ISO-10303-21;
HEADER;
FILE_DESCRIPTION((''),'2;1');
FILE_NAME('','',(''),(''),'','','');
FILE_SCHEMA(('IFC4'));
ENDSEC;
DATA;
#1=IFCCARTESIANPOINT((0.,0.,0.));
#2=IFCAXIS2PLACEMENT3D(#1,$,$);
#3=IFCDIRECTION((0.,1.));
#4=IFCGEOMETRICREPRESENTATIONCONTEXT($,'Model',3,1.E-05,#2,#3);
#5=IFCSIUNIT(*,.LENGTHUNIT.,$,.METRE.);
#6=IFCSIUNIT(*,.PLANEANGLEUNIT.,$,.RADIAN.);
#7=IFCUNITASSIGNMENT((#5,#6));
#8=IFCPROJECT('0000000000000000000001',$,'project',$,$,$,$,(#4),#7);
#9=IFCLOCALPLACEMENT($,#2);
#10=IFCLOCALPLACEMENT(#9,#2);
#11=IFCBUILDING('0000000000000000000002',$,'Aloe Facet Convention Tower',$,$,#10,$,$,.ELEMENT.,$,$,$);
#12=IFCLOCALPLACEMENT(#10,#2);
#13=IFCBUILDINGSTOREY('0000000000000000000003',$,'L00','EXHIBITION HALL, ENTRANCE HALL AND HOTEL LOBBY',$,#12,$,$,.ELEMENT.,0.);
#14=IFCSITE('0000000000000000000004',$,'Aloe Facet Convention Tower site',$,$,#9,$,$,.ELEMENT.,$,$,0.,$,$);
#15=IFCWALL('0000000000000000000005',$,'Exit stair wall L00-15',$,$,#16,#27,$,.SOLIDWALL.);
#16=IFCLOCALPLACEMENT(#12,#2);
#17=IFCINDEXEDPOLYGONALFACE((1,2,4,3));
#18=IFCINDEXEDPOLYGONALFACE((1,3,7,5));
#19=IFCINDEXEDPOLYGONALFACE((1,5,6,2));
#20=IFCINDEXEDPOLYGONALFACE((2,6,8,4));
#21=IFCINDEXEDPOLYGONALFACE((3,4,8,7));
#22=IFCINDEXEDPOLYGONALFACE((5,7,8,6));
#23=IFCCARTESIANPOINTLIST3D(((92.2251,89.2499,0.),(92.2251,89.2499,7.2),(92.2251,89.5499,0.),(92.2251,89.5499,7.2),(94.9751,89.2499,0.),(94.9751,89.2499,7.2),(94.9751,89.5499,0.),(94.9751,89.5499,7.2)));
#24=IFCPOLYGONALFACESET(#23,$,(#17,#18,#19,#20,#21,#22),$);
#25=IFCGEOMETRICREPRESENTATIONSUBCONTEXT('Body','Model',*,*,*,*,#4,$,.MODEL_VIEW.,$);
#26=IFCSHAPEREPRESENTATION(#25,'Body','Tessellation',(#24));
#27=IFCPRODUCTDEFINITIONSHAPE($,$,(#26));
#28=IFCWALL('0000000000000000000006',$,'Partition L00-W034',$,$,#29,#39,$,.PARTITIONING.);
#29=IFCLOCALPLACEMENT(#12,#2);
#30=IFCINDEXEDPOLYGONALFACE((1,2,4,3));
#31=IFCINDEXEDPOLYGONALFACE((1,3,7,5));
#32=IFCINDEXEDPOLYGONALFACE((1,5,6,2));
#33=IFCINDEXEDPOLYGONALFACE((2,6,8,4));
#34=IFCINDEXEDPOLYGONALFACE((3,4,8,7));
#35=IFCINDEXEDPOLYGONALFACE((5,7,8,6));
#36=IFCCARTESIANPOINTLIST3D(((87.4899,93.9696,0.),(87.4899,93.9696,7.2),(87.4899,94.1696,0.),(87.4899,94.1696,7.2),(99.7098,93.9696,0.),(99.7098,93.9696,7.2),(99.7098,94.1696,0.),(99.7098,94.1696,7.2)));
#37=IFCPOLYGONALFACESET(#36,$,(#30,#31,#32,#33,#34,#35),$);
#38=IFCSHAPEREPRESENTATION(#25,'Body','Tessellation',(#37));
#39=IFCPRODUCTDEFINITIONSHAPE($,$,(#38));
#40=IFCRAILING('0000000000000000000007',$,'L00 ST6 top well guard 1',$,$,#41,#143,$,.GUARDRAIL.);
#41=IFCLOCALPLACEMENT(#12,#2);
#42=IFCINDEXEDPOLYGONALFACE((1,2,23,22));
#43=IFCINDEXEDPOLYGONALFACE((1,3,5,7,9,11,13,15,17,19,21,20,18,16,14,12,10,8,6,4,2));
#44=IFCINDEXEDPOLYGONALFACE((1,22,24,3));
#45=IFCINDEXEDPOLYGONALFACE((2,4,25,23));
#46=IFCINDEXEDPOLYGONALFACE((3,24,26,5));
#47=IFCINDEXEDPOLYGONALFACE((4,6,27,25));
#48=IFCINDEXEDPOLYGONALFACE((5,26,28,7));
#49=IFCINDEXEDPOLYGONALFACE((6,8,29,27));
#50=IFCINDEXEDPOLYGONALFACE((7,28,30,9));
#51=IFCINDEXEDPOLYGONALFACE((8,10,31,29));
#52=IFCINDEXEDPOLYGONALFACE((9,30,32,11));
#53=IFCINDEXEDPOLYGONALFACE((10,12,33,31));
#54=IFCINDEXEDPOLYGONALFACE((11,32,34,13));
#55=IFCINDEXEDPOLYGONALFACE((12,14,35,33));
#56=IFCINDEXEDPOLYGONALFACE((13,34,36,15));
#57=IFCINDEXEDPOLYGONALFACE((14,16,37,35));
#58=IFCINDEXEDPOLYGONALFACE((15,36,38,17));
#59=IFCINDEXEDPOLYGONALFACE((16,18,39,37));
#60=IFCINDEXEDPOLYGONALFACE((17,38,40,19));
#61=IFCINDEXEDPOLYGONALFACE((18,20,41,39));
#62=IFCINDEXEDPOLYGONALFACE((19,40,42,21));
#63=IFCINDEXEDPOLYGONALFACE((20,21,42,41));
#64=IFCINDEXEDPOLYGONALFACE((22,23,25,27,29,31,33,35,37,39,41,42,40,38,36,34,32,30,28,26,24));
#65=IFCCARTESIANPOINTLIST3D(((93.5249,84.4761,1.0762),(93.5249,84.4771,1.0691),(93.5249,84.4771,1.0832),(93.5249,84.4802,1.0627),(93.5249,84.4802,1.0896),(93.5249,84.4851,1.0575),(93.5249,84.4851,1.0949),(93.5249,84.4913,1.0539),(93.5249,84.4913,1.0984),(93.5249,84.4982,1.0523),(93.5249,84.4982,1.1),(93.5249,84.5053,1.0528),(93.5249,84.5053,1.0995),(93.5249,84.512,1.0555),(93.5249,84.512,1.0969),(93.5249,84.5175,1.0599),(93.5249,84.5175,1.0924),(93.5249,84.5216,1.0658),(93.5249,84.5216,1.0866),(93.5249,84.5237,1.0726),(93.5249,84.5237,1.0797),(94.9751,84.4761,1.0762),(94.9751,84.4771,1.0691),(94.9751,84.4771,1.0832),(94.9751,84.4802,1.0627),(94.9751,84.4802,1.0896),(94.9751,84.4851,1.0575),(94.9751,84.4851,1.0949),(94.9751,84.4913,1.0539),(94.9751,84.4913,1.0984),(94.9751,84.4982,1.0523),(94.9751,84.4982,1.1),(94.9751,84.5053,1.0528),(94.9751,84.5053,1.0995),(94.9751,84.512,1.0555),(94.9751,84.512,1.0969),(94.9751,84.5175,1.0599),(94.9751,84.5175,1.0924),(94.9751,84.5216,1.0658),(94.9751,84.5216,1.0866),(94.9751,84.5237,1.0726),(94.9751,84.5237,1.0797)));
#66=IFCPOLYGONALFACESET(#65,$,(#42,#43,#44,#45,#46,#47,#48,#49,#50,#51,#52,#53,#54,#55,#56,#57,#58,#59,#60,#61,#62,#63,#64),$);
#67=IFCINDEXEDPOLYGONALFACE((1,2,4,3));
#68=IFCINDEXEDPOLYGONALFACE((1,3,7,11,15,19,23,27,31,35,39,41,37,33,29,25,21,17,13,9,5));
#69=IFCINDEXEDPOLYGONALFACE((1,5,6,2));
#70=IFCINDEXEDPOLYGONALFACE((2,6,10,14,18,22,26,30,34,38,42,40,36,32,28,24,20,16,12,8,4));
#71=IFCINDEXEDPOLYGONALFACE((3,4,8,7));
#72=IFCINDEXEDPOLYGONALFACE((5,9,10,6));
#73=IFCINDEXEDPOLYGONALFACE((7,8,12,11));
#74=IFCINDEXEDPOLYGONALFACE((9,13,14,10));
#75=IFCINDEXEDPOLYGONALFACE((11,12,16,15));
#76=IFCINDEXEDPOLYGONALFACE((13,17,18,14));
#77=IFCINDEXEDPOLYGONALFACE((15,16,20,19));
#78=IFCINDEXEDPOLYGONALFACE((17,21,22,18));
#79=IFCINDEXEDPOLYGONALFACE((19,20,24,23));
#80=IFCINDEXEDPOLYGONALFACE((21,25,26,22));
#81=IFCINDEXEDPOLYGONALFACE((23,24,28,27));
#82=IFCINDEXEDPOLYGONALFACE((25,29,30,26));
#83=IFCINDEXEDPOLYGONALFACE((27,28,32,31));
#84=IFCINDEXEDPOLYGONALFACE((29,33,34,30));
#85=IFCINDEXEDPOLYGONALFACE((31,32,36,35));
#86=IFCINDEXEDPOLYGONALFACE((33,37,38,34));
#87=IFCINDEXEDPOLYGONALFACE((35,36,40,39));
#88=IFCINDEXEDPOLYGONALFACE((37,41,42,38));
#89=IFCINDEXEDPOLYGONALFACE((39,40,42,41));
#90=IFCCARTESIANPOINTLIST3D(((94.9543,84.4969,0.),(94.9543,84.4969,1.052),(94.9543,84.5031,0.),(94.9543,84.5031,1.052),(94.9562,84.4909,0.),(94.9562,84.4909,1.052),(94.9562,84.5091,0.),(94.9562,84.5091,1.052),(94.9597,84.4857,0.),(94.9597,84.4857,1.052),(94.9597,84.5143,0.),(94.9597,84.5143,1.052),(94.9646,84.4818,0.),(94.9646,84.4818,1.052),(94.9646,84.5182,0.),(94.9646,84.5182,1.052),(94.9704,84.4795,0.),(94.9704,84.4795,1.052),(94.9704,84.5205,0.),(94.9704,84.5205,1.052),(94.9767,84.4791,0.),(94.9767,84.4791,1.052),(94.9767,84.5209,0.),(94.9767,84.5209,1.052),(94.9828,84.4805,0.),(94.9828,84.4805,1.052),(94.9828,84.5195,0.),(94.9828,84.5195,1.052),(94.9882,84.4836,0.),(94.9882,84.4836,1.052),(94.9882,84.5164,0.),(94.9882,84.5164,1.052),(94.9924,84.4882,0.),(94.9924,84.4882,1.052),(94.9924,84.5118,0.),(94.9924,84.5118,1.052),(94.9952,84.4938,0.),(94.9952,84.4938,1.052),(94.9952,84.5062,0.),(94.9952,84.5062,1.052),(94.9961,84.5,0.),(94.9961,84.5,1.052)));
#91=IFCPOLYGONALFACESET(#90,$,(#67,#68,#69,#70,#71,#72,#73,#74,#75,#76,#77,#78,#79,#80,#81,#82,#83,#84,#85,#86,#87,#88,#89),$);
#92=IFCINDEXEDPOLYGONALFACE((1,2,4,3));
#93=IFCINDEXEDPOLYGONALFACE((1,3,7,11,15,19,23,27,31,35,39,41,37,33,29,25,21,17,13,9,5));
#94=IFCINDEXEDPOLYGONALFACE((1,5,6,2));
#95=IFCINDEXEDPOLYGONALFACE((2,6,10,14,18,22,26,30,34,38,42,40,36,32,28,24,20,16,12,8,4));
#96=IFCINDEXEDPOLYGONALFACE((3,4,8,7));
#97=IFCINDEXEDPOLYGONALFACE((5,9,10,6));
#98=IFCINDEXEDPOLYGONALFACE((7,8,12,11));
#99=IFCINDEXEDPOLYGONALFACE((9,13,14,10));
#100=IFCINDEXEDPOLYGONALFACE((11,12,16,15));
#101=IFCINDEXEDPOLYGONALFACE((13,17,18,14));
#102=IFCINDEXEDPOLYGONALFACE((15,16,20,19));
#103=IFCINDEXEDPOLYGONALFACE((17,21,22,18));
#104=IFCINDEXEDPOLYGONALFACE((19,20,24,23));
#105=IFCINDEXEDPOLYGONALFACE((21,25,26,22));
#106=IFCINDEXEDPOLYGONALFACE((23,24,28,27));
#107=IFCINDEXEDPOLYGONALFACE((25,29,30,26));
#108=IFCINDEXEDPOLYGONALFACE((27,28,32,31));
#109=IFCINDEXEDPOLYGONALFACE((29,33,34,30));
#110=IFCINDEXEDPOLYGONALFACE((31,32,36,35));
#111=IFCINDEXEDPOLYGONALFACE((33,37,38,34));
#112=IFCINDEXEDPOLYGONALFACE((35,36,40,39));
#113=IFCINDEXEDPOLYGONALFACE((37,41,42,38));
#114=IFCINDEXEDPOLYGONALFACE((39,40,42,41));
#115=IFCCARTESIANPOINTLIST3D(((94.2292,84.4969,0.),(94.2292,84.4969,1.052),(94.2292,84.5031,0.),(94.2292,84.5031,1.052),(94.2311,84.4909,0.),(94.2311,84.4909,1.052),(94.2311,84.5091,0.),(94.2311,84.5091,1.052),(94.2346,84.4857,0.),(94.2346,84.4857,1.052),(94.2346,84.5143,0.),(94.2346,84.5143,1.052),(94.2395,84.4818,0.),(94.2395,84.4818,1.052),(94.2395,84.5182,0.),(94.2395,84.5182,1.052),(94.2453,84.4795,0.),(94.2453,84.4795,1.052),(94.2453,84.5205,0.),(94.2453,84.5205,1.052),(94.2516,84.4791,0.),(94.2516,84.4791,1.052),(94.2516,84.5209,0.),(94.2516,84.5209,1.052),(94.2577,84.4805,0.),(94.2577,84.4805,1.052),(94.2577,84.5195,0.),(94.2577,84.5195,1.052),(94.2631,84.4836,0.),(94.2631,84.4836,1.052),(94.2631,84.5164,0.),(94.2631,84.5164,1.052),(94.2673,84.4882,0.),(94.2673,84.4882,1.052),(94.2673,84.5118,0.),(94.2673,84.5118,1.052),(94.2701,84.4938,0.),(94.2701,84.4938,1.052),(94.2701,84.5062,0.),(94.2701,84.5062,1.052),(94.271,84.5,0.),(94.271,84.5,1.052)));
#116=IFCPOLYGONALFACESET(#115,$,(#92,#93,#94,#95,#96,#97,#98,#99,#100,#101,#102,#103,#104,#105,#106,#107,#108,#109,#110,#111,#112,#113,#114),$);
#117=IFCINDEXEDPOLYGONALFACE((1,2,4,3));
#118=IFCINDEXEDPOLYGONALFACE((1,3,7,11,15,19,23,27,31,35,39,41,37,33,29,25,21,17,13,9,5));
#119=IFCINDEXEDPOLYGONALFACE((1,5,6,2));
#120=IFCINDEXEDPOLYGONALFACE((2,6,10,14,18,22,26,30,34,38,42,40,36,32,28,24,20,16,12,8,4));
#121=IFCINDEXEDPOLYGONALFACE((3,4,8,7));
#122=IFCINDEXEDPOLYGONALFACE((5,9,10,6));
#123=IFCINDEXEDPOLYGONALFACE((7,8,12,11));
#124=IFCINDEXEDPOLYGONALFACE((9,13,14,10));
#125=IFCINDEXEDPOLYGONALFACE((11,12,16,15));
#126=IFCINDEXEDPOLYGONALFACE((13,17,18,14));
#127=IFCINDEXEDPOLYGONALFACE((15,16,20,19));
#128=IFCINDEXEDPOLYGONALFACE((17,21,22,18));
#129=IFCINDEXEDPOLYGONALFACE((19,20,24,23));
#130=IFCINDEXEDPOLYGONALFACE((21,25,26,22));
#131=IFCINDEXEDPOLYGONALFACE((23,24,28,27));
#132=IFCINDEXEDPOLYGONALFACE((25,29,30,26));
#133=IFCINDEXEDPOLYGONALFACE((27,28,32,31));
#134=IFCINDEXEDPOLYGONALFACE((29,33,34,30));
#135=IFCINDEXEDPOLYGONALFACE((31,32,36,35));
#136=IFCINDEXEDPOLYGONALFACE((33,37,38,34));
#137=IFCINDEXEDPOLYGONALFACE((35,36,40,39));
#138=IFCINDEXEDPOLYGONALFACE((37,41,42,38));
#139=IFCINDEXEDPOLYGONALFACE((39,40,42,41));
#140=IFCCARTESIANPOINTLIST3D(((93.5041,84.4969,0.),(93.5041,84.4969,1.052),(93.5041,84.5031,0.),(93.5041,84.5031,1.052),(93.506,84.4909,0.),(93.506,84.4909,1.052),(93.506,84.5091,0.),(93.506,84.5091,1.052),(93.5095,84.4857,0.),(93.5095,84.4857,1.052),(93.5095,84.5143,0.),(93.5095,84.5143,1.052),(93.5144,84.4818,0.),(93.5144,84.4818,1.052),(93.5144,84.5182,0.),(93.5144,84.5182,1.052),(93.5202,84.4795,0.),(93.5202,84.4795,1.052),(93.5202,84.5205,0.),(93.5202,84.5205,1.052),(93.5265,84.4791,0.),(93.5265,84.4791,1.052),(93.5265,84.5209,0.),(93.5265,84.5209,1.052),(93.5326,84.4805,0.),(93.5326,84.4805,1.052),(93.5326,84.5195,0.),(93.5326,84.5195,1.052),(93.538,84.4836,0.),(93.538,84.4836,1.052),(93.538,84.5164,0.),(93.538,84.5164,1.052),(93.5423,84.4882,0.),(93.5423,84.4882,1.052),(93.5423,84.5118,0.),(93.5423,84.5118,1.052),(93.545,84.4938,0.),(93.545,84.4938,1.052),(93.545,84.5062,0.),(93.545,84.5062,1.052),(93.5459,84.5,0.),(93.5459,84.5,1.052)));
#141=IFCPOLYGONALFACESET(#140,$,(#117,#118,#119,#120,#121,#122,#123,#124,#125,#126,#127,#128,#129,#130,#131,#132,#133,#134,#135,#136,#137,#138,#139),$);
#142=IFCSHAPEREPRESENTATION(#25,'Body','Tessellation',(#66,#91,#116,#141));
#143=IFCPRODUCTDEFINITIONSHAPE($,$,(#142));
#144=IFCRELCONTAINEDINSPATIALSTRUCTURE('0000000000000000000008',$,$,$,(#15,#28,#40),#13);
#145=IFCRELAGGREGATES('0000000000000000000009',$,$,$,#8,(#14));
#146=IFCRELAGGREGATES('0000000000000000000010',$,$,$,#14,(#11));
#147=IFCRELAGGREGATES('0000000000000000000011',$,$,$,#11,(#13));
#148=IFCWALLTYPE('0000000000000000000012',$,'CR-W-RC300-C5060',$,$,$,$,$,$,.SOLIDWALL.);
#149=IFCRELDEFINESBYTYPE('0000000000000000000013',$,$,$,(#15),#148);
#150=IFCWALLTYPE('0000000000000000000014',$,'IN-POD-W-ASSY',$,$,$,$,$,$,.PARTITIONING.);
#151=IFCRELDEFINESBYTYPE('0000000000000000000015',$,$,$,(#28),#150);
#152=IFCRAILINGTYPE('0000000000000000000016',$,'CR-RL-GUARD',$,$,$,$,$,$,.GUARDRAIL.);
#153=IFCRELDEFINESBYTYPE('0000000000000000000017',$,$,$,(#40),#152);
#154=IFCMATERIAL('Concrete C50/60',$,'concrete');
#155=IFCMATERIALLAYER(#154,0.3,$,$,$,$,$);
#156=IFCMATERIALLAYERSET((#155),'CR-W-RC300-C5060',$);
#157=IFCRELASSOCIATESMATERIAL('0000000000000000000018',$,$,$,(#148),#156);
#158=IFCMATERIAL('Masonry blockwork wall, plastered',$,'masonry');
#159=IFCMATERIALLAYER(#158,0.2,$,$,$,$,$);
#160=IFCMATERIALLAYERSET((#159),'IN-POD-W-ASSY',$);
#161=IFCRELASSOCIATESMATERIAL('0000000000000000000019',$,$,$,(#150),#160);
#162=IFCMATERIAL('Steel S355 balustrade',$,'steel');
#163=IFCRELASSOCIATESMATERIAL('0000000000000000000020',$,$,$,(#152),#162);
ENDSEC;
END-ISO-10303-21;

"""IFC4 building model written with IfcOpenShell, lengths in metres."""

from ifc_helpers import new_model, si_unit, direction, frame, frame_2d, origin, origin_2d, place, context, subcontext, project, spatial, rectangle, circle, extrude, material, layer, layer_set, type_object, element, save


model = new_model("IFC4")

# Units and contexts
model_context = context("Model", 3, precision=1e-05, world=origin(), true_north=direction((0.0, 1.0)))
body_context = subcontext(model_context, "Body", "Model", "MODEL_VIEW")
ifc_project = project(units=[si_unit("LENGTHUNIT", "METRE"), si_unit("PLANEANGLEUNIT", "RADIAN")], contexts=[model_context])

# Site, building, storey
site_placement = place(None, origin())
site = spatial("IfcSite", under=ifc_project, at=site_placement, Name="Aloe Facet Convention Tower site", CompositionType="ELEMENT", RefElevation=0.0)
building_placement = place(site_placement, origin())
building = spatial("IfcBuilding", under=site, at=building_placement, Name="Aloe Facet Convention Tower", CompositionType="ELEMENT")
storey_placement = place(building_placement, origin())
storey = spatial("IfcBuildingStorey", under=building, at=storey_placement, Name="L00", Description="EXHIBITION HALL, ENTRANCE HALL AND HOTEL LOBBY", CompositionType="ELEMENT", Elevation=0.0)

# Shared definitions
ifc_material_1 = material(Name="Concrete C50/60", Category="concrete")
ifc_layer_1 = layer(ifc_material_1, 0.3)
ifc_layer_set_1 = layer_set([ifc_layer_1], Name="CR-W-RC300-C5060")
wall_type_1 = type_object("IfcWallType", Name="CR-W-RC300-C5060", PredefinedType="SOLIDWALL", material=ifc_layer_set_1)

# Walls
wall_1_placement = place(storey_placement, frame((92.2251, 89.3999, 0.0), z_axis=(0.0, 0.0, 1.0), x_axis=(1.0, 0.0, 0.0)))
element("IfcWall", 1, at=wall_1_placement, inside=storey, type_object=wall_type_1, Name="Exit stair wall L00-15", PredefinedType="SOLIDWALL", context=body_context, shape_type="SweptSolid", body=[
    extrude(rectangle(XDim=2.75, YDim=0.3, at=frame_2d((1.375, 0.0))), origin(), (0.0, 0.0, 1.0), 7.2),
])
ifc_material_2 = material(Name="Masonry blockwork wall, plastered", Category="masonry")
ifc_layer_2 = layer(ifc_material_2, 0.2)
ifc_layer_set_2 = layer_set([ifc_layer_2], Name="IN-POD-W-ASSY")
wall_type_2 = type_object("IfcWallType", Name="IN-POD-W-ASSY", PredefinedType="PARTITIONING", material=ifc_layer_set_2)
wall_2_placement = place(storey_placement, frame((87.49, 94.0696, 0.0), z_axis=(0.0, 0.0, 1.0), x_axis=(1.0, 0.0, 0.0)))
element("IfcWall", 2, at=wall_2_placement, inside=storey, type_object=wall_type_2, Name="Partition L00-W034", PredefinedType="PARTITIONING", context=body_context, shape_type="SweptSolid", body=[
    extrude(rectangle(XDim=12.22, YDim=0.2, at=frame_2d((6.1099, 0.0))), origin(), (0.0, 0.0, 1.0), 7.2),
])

# Railing
ifc_material_3 = material(Name="Steel S355 balustrade", Category="steel")
railing_type = type_object("IfcRailingType", Name="CR-RL-GUARD", PredefinedType="GUARDRAIL", material=ifc_material_3)
railing_placement = place(storey_placement, frame((94.9751, 84.5, 0.0)))
element("IfcRailing", 3, at=railing_placement, inside=storey, type_object=railing_type, Name="L00 ST6 top well guard 1", PredefinedType="GUARDRAIL", context=body_context, shape_type="SweptSolid", body=[
    extrude(circle(Radius=0.0239, at=origin_2d()), frame((0.0, 0.0, 1.0762), z_axis=(-1.0, 0.0, 0.0), x_axis=(0.0, -1.0, 0.0)), (0.0, 0.0, 1.0), 1.4502),
    extrude(circle(Radius=0.021, at=origin_2d()), origin(), (0.0, 0.0, 1.0), 1.052),
    extrude(circle(Radius=0.021, at=origin_2d()), frame((-0.7251, 0.0, 0.0)), (0.0, 0.0, 1.0), 1.052),
    extrude(circle(Radius=0.021, at=origin_2d()), frame((-1.4502, 0.0, 0.0)), (0.0, 0.0, 1.0), 1.052),
])

save(model, "model.ifc")
